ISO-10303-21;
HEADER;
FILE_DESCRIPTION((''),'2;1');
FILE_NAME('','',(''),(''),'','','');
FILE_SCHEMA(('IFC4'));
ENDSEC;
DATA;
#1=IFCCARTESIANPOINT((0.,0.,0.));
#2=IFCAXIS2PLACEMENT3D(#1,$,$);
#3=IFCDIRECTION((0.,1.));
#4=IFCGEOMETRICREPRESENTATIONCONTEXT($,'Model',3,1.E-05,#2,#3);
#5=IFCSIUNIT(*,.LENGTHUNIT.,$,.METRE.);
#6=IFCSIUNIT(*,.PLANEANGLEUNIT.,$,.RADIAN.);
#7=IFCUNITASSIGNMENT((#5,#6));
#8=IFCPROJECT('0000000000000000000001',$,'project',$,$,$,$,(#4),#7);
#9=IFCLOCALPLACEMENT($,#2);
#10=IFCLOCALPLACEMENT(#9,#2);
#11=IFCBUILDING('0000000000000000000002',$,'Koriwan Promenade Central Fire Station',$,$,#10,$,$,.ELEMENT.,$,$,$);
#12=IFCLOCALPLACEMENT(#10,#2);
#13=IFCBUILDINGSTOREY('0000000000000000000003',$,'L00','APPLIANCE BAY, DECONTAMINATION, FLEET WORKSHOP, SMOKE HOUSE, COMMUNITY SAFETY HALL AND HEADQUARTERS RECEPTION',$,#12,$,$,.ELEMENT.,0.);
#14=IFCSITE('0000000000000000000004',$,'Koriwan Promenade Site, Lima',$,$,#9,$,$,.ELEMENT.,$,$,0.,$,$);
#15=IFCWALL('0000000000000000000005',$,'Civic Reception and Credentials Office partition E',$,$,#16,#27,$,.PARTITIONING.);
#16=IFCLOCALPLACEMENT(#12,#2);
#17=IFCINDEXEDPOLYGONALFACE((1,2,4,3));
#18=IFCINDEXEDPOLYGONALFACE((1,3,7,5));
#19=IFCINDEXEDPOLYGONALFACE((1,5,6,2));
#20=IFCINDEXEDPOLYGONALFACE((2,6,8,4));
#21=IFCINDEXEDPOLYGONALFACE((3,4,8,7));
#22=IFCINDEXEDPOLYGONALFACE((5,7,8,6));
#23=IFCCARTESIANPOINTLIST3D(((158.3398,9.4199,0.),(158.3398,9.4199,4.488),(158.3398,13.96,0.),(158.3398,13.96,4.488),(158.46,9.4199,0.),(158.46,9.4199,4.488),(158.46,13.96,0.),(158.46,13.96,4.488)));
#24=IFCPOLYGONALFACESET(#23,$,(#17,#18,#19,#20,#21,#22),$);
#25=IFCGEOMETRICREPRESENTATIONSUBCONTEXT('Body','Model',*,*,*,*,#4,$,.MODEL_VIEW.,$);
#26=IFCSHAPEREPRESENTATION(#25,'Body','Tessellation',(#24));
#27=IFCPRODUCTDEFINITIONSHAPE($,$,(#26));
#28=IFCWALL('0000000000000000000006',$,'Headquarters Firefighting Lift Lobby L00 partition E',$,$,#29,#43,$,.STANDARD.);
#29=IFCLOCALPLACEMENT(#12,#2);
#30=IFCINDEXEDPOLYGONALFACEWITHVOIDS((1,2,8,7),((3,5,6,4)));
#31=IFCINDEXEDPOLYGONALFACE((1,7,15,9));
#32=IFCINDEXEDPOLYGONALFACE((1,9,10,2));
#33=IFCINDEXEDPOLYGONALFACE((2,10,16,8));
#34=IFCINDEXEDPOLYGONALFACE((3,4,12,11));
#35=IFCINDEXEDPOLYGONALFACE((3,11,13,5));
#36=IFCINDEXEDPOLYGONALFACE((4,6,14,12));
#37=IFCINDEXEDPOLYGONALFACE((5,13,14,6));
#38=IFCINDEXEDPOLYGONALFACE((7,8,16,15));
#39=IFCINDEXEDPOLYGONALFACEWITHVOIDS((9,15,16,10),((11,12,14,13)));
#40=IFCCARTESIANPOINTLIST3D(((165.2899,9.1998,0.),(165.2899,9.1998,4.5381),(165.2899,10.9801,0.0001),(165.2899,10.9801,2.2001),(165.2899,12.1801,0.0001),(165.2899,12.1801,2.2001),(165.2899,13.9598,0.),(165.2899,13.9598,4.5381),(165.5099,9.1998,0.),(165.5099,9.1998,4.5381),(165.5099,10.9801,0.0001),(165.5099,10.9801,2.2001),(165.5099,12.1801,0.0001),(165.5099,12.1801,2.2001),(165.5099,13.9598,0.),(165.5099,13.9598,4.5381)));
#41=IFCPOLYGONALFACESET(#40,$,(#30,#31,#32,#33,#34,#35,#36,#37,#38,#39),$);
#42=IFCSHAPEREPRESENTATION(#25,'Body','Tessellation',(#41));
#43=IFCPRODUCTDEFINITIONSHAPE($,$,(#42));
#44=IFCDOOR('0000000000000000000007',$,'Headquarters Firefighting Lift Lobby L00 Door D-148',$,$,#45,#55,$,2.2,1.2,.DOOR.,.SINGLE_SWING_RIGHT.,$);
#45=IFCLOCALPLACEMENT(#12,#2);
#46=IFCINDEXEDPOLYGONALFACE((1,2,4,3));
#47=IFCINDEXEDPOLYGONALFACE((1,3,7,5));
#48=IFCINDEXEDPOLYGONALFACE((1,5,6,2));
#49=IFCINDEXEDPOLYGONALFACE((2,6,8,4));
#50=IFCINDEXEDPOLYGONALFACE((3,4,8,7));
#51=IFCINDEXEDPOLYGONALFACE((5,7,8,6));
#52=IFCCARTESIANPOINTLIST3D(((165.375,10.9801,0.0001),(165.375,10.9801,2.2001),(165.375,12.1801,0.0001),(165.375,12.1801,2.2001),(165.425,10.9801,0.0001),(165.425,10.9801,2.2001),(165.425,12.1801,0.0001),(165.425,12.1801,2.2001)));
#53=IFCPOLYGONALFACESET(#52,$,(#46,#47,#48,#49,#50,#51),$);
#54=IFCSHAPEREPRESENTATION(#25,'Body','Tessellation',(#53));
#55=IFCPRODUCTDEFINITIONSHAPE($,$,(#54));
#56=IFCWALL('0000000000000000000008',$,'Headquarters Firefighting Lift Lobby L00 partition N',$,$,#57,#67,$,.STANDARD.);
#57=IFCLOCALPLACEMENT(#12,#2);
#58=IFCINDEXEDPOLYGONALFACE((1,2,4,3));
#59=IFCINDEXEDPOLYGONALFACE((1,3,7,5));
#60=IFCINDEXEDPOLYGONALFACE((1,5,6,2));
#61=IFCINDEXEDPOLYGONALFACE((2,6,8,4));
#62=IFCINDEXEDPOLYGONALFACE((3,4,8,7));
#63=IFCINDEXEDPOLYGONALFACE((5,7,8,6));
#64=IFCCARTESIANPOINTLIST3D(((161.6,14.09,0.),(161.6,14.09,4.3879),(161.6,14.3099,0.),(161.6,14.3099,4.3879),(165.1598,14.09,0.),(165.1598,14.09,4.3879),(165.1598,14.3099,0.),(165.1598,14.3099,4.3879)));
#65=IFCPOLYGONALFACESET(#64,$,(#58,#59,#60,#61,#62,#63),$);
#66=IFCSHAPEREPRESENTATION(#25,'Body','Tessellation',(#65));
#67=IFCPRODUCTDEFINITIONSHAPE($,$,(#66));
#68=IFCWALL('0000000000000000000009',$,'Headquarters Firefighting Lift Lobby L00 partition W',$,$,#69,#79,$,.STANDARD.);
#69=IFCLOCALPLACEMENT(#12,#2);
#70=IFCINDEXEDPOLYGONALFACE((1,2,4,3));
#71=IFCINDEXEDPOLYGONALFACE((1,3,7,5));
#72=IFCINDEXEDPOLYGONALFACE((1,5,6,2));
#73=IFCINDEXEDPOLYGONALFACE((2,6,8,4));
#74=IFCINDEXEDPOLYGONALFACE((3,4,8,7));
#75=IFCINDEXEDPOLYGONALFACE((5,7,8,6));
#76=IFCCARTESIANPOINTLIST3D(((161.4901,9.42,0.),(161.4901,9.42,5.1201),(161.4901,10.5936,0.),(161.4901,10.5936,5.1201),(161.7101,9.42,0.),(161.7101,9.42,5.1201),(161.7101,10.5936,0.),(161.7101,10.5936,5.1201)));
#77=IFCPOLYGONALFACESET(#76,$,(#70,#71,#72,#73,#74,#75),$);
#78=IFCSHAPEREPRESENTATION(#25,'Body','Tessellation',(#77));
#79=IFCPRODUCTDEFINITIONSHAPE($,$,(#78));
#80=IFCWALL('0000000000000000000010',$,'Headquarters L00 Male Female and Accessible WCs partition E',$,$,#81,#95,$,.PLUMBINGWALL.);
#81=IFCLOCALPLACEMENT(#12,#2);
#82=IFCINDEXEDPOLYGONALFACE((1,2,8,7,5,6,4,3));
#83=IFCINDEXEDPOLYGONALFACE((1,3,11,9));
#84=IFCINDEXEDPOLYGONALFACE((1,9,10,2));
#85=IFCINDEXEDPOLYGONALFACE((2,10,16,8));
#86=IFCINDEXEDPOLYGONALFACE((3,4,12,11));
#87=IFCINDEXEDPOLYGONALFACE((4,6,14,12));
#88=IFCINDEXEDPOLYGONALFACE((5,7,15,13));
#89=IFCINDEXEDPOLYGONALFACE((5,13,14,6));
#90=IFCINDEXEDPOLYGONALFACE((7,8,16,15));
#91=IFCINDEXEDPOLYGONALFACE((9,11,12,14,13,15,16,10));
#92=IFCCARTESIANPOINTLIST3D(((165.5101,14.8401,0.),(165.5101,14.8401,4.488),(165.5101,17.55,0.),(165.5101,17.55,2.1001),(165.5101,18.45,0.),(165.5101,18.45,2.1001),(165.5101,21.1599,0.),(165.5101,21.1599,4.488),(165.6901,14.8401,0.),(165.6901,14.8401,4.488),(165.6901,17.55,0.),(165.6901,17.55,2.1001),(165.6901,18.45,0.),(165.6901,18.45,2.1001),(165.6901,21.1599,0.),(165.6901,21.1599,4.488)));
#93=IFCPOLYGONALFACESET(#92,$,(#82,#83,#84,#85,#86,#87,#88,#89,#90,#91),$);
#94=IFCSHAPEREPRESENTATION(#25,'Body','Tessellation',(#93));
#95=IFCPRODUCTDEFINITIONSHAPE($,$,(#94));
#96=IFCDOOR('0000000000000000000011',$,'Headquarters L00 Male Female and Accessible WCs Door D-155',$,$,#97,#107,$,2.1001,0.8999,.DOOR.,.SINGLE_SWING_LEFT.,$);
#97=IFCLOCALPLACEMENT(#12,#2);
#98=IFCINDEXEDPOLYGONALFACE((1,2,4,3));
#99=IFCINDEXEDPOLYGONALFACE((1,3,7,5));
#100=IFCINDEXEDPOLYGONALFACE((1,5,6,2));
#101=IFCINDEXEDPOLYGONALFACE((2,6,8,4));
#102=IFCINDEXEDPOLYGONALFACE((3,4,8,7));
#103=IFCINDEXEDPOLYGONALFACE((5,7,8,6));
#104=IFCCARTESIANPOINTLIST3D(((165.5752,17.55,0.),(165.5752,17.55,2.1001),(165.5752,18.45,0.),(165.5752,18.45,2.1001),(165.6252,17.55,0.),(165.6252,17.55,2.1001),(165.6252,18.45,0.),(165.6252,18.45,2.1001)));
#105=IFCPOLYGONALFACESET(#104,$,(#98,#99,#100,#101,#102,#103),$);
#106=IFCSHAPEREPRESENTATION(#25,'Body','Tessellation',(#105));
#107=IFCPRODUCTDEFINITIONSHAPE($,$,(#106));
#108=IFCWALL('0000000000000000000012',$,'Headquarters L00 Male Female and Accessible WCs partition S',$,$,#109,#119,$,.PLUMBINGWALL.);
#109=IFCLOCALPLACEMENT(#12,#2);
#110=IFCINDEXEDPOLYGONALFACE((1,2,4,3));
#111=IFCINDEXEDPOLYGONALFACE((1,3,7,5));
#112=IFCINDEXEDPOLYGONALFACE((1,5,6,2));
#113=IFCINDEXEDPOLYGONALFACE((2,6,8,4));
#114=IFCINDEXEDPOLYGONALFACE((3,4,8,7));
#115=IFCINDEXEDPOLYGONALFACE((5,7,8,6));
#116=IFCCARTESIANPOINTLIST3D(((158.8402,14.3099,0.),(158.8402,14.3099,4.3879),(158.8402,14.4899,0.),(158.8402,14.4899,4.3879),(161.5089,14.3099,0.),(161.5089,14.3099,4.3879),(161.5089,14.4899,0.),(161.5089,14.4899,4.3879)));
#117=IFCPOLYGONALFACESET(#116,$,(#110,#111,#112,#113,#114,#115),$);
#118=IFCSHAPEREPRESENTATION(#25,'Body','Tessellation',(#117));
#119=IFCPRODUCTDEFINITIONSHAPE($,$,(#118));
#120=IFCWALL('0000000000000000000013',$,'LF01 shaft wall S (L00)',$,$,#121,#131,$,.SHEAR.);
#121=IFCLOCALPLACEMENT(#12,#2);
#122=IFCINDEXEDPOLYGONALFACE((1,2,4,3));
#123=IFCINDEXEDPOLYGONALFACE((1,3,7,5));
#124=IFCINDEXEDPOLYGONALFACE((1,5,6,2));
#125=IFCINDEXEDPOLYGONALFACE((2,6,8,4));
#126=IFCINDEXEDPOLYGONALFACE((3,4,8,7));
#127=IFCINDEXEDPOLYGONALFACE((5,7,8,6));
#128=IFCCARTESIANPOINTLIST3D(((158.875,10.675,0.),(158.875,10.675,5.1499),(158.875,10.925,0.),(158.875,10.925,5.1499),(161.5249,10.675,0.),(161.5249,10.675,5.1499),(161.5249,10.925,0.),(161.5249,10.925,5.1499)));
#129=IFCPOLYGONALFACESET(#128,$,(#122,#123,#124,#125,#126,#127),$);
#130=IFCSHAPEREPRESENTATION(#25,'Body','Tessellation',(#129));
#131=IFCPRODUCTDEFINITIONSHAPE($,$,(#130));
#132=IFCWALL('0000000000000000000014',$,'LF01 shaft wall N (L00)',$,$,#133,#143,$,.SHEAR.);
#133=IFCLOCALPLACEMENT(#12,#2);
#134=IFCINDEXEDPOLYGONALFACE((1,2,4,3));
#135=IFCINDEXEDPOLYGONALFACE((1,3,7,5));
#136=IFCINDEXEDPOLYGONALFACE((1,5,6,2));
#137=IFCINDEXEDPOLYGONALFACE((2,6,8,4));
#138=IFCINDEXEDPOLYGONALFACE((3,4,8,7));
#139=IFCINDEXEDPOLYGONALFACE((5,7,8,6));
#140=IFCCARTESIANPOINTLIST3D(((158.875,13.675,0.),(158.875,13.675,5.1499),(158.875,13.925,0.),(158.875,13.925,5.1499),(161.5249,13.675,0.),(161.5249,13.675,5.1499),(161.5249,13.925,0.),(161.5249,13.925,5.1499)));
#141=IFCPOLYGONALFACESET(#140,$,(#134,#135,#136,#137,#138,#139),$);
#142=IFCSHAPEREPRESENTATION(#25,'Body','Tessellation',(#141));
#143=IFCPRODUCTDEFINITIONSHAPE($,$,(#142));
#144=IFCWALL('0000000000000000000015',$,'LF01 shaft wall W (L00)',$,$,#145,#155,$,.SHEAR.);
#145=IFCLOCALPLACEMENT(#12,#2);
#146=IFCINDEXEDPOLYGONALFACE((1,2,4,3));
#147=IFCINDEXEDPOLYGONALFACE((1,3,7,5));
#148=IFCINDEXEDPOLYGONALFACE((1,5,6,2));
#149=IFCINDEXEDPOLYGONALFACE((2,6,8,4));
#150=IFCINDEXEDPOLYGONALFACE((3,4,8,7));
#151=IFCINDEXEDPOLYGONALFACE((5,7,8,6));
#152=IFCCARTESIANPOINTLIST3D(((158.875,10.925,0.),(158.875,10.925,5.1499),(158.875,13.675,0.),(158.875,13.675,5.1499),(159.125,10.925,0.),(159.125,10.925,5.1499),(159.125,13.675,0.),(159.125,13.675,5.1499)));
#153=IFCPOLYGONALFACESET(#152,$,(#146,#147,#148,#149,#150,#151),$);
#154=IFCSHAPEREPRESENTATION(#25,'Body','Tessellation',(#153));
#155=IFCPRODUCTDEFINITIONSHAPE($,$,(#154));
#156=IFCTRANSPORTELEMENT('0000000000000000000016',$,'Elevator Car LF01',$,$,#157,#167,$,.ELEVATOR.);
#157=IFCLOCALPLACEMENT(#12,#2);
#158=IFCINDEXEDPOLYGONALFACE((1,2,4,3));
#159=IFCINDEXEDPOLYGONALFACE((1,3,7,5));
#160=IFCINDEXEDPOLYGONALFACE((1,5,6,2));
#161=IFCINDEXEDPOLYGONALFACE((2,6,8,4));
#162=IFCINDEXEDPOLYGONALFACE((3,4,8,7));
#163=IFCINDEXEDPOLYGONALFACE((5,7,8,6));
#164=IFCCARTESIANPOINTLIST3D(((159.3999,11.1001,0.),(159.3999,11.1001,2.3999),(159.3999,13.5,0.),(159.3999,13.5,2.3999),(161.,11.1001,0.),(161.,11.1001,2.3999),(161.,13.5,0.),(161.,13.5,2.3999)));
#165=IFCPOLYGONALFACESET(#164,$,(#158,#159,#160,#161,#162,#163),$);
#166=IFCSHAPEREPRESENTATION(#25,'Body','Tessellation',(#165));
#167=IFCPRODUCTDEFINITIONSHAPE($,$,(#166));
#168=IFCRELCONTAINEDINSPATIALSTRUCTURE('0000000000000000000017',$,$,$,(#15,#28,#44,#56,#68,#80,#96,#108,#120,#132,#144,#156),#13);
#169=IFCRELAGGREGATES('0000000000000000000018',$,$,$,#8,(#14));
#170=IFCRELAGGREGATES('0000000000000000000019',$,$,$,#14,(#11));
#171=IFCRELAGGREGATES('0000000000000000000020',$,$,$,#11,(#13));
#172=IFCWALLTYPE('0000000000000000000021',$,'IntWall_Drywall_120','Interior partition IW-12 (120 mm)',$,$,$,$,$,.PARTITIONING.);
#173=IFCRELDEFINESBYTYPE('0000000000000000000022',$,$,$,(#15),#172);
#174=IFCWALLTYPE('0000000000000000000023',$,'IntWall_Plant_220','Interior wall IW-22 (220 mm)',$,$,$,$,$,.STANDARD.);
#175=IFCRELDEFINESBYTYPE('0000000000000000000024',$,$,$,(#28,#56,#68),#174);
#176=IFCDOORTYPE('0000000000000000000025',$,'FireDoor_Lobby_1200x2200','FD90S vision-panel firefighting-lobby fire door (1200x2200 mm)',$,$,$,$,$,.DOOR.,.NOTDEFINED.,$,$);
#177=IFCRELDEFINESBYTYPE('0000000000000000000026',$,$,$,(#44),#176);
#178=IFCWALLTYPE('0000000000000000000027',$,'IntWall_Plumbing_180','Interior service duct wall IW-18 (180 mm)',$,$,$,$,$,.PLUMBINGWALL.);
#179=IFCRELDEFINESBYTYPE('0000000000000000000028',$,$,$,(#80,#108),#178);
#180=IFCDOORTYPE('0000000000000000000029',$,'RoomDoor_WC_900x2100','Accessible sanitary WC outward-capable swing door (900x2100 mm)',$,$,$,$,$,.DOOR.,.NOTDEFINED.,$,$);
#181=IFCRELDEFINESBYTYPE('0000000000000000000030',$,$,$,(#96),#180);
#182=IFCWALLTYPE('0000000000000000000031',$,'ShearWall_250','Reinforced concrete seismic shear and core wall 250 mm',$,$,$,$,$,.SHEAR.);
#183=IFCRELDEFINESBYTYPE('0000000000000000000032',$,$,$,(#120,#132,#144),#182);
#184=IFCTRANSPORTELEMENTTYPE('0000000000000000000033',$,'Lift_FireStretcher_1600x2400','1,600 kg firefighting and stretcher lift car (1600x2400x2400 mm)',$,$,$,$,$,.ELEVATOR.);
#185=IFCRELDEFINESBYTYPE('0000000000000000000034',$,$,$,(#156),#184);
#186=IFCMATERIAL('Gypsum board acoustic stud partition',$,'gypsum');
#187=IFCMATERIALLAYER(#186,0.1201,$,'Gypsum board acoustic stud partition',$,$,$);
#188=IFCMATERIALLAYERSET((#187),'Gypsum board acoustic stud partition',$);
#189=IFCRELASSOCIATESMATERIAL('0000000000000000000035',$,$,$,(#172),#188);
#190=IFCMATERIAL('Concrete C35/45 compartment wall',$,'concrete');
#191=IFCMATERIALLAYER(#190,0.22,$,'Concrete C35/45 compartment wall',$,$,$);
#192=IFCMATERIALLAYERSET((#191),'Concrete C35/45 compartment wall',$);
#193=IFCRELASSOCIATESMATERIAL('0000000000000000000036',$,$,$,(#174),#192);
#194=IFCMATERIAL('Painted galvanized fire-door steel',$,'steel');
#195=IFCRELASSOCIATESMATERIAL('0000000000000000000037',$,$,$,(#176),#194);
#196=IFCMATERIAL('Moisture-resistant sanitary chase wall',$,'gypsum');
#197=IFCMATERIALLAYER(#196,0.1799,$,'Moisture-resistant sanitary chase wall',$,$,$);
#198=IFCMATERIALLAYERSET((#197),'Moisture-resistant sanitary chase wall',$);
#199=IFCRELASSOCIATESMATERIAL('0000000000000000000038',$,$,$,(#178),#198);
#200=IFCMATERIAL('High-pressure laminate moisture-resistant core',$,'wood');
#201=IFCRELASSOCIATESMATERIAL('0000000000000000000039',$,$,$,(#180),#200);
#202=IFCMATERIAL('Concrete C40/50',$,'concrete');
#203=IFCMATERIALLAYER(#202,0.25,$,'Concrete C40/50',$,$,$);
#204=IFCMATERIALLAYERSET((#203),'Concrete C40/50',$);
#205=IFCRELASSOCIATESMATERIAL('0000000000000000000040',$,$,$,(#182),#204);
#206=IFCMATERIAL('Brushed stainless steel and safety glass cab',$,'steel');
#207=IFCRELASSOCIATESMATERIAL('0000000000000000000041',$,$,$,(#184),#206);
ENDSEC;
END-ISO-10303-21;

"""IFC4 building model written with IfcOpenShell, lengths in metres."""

from ifc_helpers import new_model, si_unit, direction, frame, frame_2d, origin, origin_2d, place, context, subcontext, project, spatial, rectangle, extrude, material, layer, layer_set, type_object, element, fill, save


model = new_model("IFC4")

# Units and contexts
model_context = context("Model", 3, precision=1e-05, world=origin(), true_north=direction((0.0, 1.0)))
body_context = subcontext(model_context, "Body", "Model", "MODEL_VIEW")
ifc_project = project(units=[si_unit("LENGTHUNIT", "METRE"), si_unit("PLANEANGLEUNIT", "RADIAN")], contexts=[model_context])

# Site, building, storey
site_placement = place(None, origin())
site = spatial("IfcSite", under=ifc_project, at=site_placement, Name="Koriwan Promenade Site, Lima", CompositionType="ELEMENT", RefElevation=0.0)
building_placement = place(site_placement, origin())
building = spatial("IfcBuilding", under=site, at=building_placement, Name="Koriwan Promenade Central Fire Station", CompositionType="ELEMENT")
storey_placement = place(building_placement, origin())
storey = spatial("IfcBuildingStorey", under=building, at=storey_placement, Name="L00", Description="APPLIANCE BAY, DECONTAMINATION, FLEET WORKSHOP, SMOKE HOUSE, COMMUNITY SAFETY HALL AND HEADQUARTERS RECEPTION", CompositionType="ELEMENT", Elevation=0.0)

# Shared definitions
ifc_material_1 = material(Name="Concrete C40/50", Category="concrete")

# Wall
ifc_material_2 = material(Name="Gypsum board acoustic stud partition", Category="gypsum")
ifc_layer_1 = layer(ifc_material_2, 0.1201, Name="Gypsum board acoustic stud partition")
ifc_layer_set_1 = layer_set([ifc_layer_1], Name="Gypsum board acoustic stud partition")
wall_type_1 = type_object("IfcWallType", Name="IntWall_Drywall_120", Description="Interior partition IW-12 (120 mm)", PredefinedType="PARTITIONING", material=ifc_layer_set_1)
wall_1_placement = place(storey_placement, frame((158.3999, 9.4199, 0.0), z_axis=(0.0, 0.0, 1.0), x_axis=(0.0, 1.0, 0.0)))
element("IfcWall", 1, at=wall_1_placement, inside=storey, type_object=wall_type_1, Name="Civic Reception and Credentials Office partition E", PredefinedType="PARTITIONING", context=body_context, shape_type="SweptSolid", body=[
    extrude(rectangle(XDim=4.54, YDim=0.1201, at=frame_2d((2.27, 0.0))), origin(), (0.0, 0.0, 1.0), 4.488),
])

# Wall, opening, door
ifc_material_3 = material(Name="Concrete C35/45 compartment wall", Category="concrete")
ifc_layer_2 = layer(ifc_material_3, 0.22, Name="Concrete C35/45 compartment wall")
ifc_layer_set_2 = layer_set([ifc_layer_2], Name="Concrete C35/45 compartment wall")
wall_type_2 = type_object("IfcWallType", Name="IntWall_Plant_220", Description="Interior wall IW-22 (220 mm)", PredefinedType="STANDARD", material=ifc_layer_set_2)
wall_2_placement = place(storey_placement, frame((165.3999, 9.2, 0.0), z_axis=(0.0, 0.0, 1.0), x_axis=(0.0, 1.0, 0.0)))
wall_2 = element("IfcWall", 2, at=wall_2_placement, inside=storey, type_object=wall_type_2, Name="Headquarters Firefighting Lift Lobby L00 partition E", PredefinedType="STANDARD", context=body_context, shape_type="SweptSolid", body=[
    extrude(rectangle(XDim=4.76, YDim=0.22, at=frame_2d((2.3799, 0.0))), origin(), (0.0, 0.0, 1.0), 4.5381),
])
opening_1_placement = place(wall_2_placement, frame((1.78, 0.0, 0.0)))
opening_1 = element("IfcOpeningElement", 3, at=opening_1_placement, cuts=wall_2, PredefinedType="OPENING", context=body_context, shape_type="SweptSolid", body=[
    extrude(rectangle(XDim=1.2, YDim=2.2, at=frame_2d((0.6001, 1.1001))), frame((0.0, 0.1221, 0.0), z_axis=(0.0, -1.0, 0.0), x_axis=(1.0, 0.0, 0.0)), (0.0, 0.0, 1.0), 0.2439),
])
ifc_material_4 = material(Name="Painted galvanized fire-door steel", Category="steel")
door_type_1 = type_object("IfcDoorType", Name="FireDoor_Lobby_1200x2200", Description="FD90S vision-panel firefighting-lobby fire door (1200x2200 mm)", OperationType="NOTDEFINED", PredefinedType="DOOR", material=ifc_material_4)
door_1_placement = place(opening_1_placement, origin())
door_1 = element("IfcDoor", 4, at=door_1_placement, inside=storey, type_object=door_type_1, Name="Headquarters Firefighting Lift Lobby L00 Door D-148", OperationType="SINGLE_SWING_RIGHT", OverallHeight=2.2, OverallWidth=1.2, PredefinedType="DOOR", context=body_context, shape_type="SweptSolid", body=[
    extrude(rectangle(XDim=1.2, YDim=2.2, at=frame_2d((0.6001, 1.1001))), frame((0.0, 0.0249, 0.0), z_axis=(0.0, -1.0, 0.0), x_axis=(1.0, 0.0, 0.0)), (0.0, 0.0, 1.0), 0.05),
])
fill(opening_1, door_1)

# Walls
wall_3_placement = place(storey_placement, frame((161.6001, 14.2, 0.0), z_axis=(0.0, 0.0, 1.0), x_axis=(1.0, 0.0, 0.0)))
element("IfcWall", 5, at=wall_3_placement, inside=storey, type_object=wall_type_2, Name="Headquarters Firefighting Lift Lobby L00 partition N", PredefinedType="STANDARD", context=body_context, shape_type="SweptSolid", body=[
    extrude(rectangle(XDim=3.5598, YDim=0.22, at=frame_2d((1.7798, 0.0))), origin(), (0.0, 0.0, 1.0), 4.3879),
])
wall_4_placement = place(storey_placement, frame((161.6001, 9.4199, 0.0), z_axis=(0.0, 0.0, 1.0), x_axis=(0.0, 1.0, 0.0)))
element("IfcWall", 6, at=wall_4_placement, inside=storey, type_object=wall_type_2, Name="Headquarters Firefighting Lift Lobby L00 partition W", PredefinedType="STANDARD", context=body_context, shape_type="SweptSolid", body=[
    extrude(rectangle(XDim=1.1736, YDim=0.22, at=frame_2d((0.5869, 0.0))), origin(), (0.0, 0.0, 1.0), 5.1201),
])

# Wall, opening, door
ifc_material_5 = material(Name="Moisture-resistant sanitary chase wall", Category="gypsum")
ifc_layer_3 = layer(ifc_material_5, 0.1799, Name="Moisture-resistant sanitary chase wall")
ifc_layer_set_3 = layer_set([ifc_layer_3], Name="Moisture-resistant sanitary chase wall")
wall_type_3 = type_object("IfcWallType", Name="IntWall_Plumbing_180", Description="Interior service duct wall IW-18 (180 mm)", PredefinedType="PLUMBINGWALL", material=ifc_layer_set_3)
wall_5_placement = place(storey_placement, frame((165.6001, 14.8401, 0.0), z_axis=(0.0, 0.0, 1.0), x_axis=(0.0, 1.0, 0.0)))
wall_5 = element("IfcWall", 7, at=wall_5_placement, inside=storey, type_object=wall_type_3, Name="Headquarters L00 Male Female and Accessible WCs partition E", PredefinedType="PLUMBINGWALL", context=body_context, shape_type="SweptSolid", body=[
    extrude(rectangle(XDim=6.3198, YDim=0.1799, at=frame_2d((3.1599, 0.0))), origin(), (0.0, 0.0, 1.0), 4.488),
])
opening_2_placement = place(wall_5_placement, frame((2.71, 0.0, 0.0)))
opening_2 = element("IfcOpeningElement", 8, at=opening_2_placement, cuts=wall_5, PredefinedType="OPENING", context=body_context, shape_type="SweptSolid", body=[
    extrude(rectangle(XDim=0.8999, YDim=2.1001, at=frame_2d((0.45, 1.05))), frame((0.0, 0.1021, 0.0), z_axis=(0.0, -1.0, 0.0), x_axis=(1.0, 0.0, 0.0)), (0.0, 0.0, 1.0), 0.2039),
])
ifc_material_6 = material(Name="High-pressure laminate moisture-resistant core", Category="wood")
door_type_2 = type_object("IfcDoorType", Name="RoomDoor_WC_900x2100", Description="Accessible sanitary WC outward-capable swing door (900x2100 mm)", OperationType="NOTDEFINED", PredefinedType="DOOR", material=ifc_material_6)
door_2_placement = place(opening_2_placement, origin())
door_2 = element("IfcDoor", 9, at=door_2_placement, inside=storey, type_object=door_type_2, Name="Headquarters L00 Male Female and Accessible WCs Door D-155", OperationType="SINGLE_SWING_LEFT", OverallHeight=2.1001, OverallWidth=0.8999, PredefinedType="DOOR", context=body_context, shape_type="SweptSolid", body=[
    extrude(rectangle(XDim=0.8999, YDim=2.1001, at=frame_2d((0.45, 1.05))), frame((0.0, 0.0249, 0.0), z_axis=(0.0, -1.0, 0.0), x_axis=(1.0, 0.0, 0.0)), (0.0, 0.0, 1.0), 0.05),
])
fill(opening_2, door_2)

# Walls
wall_6_placement = place(storey_placement, frame((158.8401, 14.3999, 0.0), z_axis=(0.0, 0.0, 1.0), x_axis=(1.0, 0.0, 0.0)))
element("IfcWall", 10, at=wall_6_placement, inside=storey, type_object=wall_type_3, Name="Headquarters L00 Male Female and Accessible WCs partition S", PredefinedType="PLUMBINGWALL", context=body_context, shape_type="SweptSolid", body=[
    extrude(rectangle(XDim=2.6687, YDim=0.1799, at=frame_2d((1.3345, 0.0))), origin(), (0.0, 0.0, 1.0), 4.3879),
])
ifc_layer_4 = layer(ifc_material_1, 0.25, Name="Concrete C40/50")
ifc_layer_set_4 = layer_set([ifc_layer_4], Name="Concrete C40/50")
wall_type_4 = type_object("IfcWallType", Name="ShearWall_250", Description="Reinforced concrete seismic shear and core wall 250 mm", PredefinedType="SHEAR", material=ifc_layer_set_4)
for number, where, z_axis, x_axis, name in (
    (11, (158.875, 10.8, 0.0), (0.0, 0.0, 1.0), (1.0, 0.0, 0.0), "LF01 shaft wall S (L00)"),
    (12, (158.875, 13.8, 0.0), (0.0, 0.0, 1.0), (1.0, 0.0, 0.0), "LF01 shaft wall N (L00)"),
):
    element("IfcWall", number, at=place(storey_placement, frame(where, z_axis=z_axis, x_axis=x_axis)), inside=storey, type_object=wall_type_4, Name=name, PredefinedType="SHEAR", context=body_context, shape_type="SweptSolid", body=[
        extrude(rectangle(XDim=2.6499, YDim=0.25, at=frame_2d((1.325, 0.0))), origin(), (0.0, 0.0, 1.0), 5.1499),
    ])
wall_7_placement = place(storey_placement, frame((159.0, 10.925, 0.0), z_axis=(0.0, 0.0, 1.0), x_axis=(0.0, 1.0, 0.0)))
element("IfcWall", 13, at=wall_7_placement, inside=storey, type_object=wall_type_4, Name="LF01 shaft wall W (L00)", PredefinedType="SHEAR", context=body_context, shape_type="SweptSolid", body=[
    extrude(rectangle(XDim=2.75, YDim=0.25, at=frame_2d((1.375, 0.0))), origin(), (0.0, 0.0, 1.0), 5.1499),
])

# Transport element
ifc_material_7 = material(Name="Brushed stainless steel and safety glass cab", Category="steel")
transport_element_type = type_object("IfcTransportElementType", Name="Lift_FireStretcher_1600x2400", Description="1,600 kg firefighting and stretcher lift car (1600x2400x2400 mm)", PredefinedType="ELEVATOR", material=ifc_material_7)
transport_element_placement = place(storey_placement, frame((160.2, 12.3, 0.0), z_axis=(0.0, 0.0, 1.0), x_axis=(1.0, 0.0, 0.0)))
element("IfcTransportElement", 14, at=transport_element_placement, inside=storey, type_object=transport_element_type, Name="Elevator Car LF01", PredefinedType="ELEVATOR", context=body_context, shape_type="SweptSolid", body=[
    extrude(rectangle(XDim=1.6001, YDim=2.3999, at=origin_2d()), origin(), (0.0, 0.0, 1.0), 2.3999),
])

save(model, "model.ifc")
